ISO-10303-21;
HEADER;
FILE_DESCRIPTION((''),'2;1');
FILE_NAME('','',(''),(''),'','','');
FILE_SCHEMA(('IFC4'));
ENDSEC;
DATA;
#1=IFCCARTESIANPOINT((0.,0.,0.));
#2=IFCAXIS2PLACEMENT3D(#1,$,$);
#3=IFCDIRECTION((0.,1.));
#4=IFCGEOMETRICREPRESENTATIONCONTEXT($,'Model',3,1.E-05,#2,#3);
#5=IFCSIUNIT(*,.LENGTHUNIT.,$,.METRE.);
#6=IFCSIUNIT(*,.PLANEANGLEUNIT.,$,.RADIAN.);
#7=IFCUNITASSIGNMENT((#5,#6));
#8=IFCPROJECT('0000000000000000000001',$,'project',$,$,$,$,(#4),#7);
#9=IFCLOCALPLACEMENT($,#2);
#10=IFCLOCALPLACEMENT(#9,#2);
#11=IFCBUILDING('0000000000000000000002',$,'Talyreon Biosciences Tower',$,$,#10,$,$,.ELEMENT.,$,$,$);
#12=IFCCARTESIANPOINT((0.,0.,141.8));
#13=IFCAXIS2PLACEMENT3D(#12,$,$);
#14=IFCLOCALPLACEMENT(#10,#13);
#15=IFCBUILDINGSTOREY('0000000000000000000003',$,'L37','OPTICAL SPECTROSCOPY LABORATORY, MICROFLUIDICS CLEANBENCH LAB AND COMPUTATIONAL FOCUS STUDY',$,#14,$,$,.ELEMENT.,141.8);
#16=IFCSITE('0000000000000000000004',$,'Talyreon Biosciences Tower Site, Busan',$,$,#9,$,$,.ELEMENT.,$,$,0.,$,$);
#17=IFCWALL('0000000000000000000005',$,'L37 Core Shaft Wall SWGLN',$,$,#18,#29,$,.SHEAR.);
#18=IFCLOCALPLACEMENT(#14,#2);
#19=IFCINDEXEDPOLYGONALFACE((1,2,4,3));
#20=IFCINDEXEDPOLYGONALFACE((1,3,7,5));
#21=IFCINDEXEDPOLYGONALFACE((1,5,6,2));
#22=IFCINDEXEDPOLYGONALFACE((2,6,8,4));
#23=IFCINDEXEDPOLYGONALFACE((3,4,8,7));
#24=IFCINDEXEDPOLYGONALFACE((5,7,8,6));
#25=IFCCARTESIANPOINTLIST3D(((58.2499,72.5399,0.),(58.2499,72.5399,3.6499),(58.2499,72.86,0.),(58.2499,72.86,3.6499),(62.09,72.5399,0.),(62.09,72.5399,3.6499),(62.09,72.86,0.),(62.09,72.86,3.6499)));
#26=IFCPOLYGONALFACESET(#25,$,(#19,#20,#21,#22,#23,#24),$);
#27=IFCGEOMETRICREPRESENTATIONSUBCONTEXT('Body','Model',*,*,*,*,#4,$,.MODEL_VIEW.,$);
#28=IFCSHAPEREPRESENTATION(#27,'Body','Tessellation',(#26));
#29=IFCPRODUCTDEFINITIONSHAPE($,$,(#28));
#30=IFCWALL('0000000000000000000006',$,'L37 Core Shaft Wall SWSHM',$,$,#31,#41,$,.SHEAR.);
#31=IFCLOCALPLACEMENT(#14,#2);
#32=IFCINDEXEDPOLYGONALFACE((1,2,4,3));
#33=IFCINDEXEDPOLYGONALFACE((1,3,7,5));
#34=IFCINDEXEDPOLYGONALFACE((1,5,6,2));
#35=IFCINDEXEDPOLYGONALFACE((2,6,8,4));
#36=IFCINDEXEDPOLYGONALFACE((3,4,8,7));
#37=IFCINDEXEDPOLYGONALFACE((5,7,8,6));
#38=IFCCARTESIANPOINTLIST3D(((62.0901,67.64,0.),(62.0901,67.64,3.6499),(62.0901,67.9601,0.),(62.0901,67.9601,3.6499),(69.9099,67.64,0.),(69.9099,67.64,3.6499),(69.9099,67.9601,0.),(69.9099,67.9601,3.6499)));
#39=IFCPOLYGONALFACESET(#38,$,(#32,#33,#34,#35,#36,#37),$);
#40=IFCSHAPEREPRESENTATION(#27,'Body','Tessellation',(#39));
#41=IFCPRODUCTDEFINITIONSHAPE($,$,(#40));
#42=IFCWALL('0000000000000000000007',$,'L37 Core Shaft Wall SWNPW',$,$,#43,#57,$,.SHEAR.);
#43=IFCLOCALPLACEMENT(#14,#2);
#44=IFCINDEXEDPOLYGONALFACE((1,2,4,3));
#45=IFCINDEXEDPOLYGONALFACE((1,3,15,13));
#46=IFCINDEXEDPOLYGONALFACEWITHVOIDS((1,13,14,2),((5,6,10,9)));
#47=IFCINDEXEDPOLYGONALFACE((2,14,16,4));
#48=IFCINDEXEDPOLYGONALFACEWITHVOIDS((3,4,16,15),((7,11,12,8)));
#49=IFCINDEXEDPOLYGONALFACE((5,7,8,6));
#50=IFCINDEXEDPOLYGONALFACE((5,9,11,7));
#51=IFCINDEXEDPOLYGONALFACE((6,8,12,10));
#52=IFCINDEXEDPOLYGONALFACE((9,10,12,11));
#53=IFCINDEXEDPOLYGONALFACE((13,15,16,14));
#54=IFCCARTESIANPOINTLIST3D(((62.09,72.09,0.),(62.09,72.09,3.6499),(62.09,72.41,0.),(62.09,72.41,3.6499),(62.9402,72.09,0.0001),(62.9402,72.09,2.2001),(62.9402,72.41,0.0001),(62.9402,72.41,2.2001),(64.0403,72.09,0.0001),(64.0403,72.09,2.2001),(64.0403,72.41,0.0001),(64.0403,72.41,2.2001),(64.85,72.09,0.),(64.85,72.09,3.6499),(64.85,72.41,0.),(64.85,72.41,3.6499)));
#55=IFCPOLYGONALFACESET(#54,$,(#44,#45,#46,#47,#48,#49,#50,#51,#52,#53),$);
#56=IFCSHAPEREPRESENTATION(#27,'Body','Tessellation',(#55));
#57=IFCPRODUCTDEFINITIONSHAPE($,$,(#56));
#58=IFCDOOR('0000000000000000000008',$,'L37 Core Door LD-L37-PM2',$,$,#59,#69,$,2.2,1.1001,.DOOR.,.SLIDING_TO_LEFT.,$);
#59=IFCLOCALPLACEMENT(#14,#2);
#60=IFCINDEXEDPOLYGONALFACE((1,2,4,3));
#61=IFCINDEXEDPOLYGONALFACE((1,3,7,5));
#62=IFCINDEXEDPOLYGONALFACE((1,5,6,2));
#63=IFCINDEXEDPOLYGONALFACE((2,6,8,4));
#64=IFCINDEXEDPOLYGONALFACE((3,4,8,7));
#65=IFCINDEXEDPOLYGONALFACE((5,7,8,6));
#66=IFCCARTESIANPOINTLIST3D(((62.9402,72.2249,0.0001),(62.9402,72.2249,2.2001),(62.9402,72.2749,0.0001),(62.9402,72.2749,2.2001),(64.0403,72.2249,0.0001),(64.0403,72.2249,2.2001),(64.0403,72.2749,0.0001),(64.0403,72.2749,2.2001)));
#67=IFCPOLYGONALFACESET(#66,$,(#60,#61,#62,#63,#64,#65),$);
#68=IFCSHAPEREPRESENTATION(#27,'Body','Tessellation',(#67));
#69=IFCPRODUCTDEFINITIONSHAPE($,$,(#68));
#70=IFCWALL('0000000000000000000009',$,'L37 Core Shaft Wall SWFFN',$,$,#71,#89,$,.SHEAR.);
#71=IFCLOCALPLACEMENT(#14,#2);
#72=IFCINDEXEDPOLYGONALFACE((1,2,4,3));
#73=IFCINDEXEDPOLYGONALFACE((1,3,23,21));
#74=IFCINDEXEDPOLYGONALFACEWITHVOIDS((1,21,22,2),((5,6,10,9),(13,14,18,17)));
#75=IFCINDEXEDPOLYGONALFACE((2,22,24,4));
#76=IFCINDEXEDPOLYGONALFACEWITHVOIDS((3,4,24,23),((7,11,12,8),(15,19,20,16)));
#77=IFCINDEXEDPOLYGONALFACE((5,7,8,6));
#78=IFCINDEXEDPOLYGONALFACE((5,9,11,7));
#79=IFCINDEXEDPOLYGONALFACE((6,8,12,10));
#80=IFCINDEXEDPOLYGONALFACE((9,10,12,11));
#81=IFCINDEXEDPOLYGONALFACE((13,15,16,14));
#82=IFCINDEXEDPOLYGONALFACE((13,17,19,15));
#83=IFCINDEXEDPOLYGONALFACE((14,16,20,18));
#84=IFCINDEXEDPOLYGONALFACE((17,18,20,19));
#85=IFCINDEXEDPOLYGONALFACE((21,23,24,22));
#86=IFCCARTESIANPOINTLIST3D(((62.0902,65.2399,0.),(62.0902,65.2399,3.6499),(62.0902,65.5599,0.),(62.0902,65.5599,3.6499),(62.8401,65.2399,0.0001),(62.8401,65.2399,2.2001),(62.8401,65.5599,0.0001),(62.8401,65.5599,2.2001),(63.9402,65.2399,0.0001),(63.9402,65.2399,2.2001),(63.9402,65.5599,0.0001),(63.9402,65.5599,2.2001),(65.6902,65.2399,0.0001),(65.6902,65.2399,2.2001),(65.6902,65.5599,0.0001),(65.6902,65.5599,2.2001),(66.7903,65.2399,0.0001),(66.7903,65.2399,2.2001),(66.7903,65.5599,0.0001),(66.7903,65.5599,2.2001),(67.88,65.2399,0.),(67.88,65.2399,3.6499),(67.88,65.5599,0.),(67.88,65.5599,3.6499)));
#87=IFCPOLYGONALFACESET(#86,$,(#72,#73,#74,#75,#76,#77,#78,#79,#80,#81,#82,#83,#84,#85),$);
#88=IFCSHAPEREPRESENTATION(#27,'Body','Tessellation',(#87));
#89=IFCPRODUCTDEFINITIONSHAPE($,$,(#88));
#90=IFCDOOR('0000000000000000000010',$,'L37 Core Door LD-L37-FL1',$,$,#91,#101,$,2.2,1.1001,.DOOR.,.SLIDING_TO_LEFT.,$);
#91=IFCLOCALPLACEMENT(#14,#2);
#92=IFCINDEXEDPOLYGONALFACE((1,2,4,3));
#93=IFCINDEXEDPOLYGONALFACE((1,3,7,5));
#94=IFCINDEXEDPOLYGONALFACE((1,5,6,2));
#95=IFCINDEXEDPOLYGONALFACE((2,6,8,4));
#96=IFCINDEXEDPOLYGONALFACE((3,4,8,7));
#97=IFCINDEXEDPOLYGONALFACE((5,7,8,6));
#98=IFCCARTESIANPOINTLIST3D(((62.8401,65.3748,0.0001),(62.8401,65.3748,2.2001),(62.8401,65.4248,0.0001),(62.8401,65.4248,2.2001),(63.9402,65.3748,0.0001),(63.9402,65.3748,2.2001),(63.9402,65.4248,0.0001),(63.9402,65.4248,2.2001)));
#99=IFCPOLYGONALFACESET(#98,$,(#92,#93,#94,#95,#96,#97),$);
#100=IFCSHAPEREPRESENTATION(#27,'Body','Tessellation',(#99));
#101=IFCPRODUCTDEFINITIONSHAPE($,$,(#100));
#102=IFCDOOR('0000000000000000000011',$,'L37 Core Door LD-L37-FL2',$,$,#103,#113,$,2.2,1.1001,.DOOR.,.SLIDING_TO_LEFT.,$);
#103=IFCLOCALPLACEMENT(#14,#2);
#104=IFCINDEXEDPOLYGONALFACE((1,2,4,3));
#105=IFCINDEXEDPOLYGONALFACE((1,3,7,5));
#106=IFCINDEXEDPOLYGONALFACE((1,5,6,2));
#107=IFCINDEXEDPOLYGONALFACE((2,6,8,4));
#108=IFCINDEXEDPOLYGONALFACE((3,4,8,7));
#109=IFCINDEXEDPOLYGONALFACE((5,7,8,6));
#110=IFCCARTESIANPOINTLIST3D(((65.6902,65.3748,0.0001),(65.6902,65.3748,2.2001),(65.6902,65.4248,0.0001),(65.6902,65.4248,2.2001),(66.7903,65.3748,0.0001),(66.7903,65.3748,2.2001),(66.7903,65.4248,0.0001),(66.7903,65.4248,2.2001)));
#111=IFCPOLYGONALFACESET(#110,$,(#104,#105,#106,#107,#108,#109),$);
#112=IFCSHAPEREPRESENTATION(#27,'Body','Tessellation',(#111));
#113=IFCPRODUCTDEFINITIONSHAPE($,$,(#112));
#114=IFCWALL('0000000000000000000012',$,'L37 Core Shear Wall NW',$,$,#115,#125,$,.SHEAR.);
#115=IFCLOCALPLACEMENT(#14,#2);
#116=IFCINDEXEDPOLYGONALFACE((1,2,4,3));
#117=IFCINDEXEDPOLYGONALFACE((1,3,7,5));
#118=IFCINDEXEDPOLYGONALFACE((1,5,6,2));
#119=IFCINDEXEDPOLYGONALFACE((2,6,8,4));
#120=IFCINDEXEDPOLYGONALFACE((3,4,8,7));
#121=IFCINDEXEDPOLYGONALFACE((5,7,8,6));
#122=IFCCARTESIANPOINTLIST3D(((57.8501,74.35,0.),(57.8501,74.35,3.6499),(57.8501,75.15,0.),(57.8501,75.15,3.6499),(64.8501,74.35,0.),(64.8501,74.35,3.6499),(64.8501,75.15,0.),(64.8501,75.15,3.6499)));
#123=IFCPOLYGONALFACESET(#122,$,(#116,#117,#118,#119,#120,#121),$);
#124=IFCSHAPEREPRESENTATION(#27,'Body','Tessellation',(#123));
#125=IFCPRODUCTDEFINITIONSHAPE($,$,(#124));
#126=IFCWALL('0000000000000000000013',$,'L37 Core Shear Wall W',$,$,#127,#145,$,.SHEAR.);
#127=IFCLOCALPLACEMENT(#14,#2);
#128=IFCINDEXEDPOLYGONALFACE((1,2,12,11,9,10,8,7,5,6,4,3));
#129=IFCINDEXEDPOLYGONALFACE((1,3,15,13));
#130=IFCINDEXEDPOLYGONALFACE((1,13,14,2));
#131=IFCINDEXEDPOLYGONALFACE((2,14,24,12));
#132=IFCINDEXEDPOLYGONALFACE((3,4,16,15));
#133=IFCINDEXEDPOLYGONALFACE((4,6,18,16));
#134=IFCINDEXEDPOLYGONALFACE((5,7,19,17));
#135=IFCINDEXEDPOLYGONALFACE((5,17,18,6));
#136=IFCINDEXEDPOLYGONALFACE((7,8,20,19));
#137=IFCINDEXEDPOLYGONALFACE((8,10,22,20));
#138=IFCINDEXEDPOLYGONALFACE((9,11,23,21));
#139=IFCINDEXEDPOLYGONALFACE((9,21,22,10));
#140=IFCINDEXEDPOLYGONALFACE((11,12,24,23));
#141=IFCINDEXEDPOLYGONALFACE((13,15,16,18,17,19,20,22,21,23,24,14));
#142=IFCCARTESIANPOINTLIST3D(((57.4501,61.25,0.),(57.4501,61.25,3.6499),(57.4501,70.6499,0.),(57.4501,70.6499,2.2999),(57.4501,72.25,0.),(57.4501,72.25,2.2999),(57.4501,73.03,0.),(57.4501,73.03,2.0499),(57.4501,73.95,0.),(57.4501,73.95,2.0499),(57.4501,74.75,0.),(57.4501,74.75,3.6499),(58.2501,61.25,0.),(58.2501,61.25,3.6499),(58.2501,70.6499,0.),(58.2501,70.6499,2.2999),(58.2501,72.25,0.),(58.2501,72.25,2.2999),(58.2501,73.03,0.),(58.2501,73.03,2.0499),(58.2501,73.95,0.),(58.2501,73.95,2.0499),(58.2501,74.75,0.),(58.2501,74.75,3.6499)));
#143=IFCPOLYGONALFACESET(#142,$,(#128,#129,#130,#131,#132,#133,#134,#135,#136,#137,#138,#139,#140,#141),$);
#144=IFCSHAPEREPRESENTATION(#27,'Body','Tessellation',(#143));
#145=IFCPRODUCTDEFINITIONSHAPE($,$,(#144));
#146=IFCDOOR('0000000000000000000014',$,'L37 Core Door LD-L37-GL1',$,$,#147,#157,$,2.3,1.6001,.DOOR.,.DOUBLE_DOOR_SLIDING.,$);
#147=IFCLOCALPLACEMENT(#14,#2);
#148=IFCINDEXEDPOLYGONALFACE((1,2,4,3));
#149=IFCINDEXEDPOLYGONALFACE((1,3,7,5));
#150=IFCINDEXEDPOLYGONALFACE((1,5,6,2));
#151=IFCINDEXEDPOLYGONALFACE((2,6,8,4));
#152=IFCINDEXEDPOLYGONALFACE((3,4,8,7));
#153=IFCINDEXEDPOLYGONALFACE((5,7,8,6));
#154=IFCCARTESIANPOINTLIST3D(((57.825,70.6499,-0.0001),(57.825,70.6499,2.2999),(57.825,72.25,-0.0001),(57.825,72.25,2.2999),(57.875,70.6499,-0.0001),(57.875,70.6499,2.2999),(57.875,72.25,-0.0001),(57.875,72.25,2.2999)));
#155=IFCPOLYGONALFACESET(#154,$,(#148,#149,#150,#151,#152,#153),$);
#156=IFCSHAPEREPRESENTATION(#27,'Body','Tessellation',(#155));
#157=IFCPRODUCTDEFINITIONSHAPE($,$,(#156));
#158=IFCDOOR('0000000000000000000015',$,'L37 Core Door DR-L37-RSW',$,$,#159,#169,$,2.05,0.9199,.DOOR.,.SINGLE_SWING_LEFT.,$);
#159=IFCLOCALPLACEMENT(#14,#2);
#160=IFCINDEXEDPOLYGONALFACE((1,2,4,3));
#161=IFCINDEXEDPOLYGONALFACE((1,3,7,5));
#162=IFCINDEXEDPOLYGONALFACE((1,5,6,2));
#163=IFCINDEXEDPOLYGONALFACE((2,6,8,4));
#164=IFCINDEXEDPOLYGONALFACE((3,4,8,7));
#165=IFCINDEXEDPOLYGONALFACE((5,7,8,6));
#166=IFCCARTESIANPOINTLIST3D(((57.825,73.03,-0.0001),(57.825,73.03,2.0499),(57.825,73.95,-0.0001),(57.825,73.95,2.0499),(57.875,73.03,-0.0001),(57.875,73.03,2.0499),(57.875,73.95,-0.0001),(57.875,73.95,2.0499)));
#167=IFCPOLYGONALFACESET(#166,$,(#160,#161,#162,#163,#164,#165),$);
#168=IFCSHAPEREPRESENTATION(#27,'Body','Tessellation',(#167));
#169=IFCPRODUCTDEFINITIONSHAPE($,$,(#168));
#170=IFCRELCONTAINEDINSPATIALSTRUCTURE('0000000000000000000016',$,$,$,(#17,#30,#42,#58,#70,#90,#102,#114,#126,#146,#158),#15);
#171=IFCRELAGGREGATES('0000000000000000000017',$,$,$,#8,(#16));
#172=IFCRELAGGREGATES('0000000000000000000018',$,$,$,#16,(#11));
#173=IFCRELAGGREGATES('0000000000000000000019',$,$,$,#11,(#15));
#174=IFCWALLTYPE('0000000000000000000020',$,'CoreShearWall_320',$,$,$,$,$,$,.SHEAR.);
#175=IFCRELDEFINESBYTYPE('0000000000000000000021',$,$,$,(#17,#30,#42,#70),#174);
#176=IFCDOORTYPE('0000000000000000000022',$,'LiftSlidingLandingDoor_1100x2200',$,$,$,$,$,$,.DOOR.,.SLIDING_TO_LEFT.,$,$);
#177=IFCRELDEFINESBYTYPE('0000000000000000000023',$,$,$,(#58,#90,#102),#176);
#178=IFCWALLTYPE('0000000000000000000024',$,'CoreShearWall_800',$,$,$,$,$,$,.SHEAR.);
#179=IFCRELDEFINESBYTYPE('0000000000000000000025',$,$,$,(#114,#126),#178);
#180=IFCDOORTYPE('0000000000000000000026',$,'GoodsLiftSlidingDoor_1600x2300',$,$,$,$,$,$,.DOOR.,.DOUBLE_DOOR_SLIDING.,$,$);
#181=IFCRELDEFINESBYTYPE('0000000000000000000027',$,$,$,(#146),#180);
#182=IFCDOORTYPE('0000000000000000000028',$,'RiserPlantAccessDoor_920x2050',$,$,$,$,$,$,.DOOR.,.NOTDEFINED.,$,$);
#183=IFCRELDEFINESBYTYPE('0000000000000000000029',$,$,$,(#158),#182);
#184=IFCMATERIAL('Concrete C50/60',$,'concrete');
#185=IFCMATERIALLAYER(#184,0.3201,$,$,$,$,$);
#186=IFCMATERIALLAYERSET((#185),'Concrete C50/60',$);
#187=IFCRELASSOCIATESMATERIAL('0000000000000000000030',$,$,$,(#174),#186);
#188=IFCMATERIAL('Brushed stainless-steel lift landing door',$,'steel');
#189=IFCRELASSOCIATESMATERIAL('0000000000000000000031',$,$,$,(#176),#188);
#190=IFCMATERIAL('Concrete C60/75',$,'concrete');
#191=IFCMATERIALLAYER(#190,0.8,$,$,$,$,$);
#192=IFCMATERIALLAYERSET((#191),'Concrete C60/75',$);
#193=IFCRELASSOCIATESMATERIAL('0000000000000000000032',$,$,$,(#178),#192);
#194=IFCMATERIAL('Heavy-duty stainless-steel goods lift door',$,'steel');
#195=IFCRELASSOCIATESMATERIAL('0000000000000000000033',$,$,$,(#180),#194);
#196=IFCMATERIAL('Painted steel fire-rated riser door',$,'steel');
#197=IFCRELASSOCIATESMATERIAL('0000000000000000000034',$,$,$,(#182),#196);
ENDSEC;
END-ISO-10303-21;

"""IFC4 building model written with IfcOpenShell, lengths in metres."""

from ifc_helpers import new_model, si_unit, direction, frame, frame_2d, origin, place, context, subcontext, project, spatial, rectangle, extrude, material, layer, layer_set, type_object, element, fill, save


model = new_model("IFC4")

# Units and contexts
model_context = context("Model", 3, precision=1e-05, world=origin(), true_north=direction((0.0, 1.0)))
body_context = subcontext(model_context, "Body", "Model", "MODEL_VIEW")
ifc_project = project(units=[si_unit("LENGTHUNIT", "METRE"), si_unit("PLANEANGLEUNIT", "RADIAN")], contexts=[model_context])

# Site, building, storey
site_placement = place(None, origin())
site = spatial("IfcSite", under=ifc_project, at=site_placement, Name="Talyreon Biosciences Tower Site, Busan", CompositionType="ELEMENT", RefElevation=0.0)
building_placement = place(site_placement, origin())
building = spatial("IfcBuilding", under=site, at=building_placement, Name="Talyreon Biosciences Tower", CompositionType="ELEMENT")
storey_placement = place(building_placement, frame((0.0, 0.0, 141.8)))
storey = spatial("IfcBuildingStorey", under=building, at=storey_placement, Name="L37", Description="OPTICAL SPECTROSCOPY LABORATORY, MICROFLUIDICS CLEANBENCH LAB AND COMPUTATIONAL FOCUS STUDY", CompositionType="ELEMENT", Elevation=141.8)

# Shared definitions
ifc_material_1 = material(Name="Concrete C50/60", Category="concrete")

# Shared definitions
ifc_material_2 = material(Name="Concrete C60/75", Category="concrete")

# Walls
ifc_layer_1 = layer(ifc_material_1, 0.3201)
ifc_layer_set_1 = layer_set([ifc_layer_1], Name="Concrete C50/60")
wall_type_1 = type_object("IfcWallType", Name="CoreShearWall_320", PredefinedType="SHEAR", material=ifc_layer_set_1)
for number, where, z_axis, x_axis, name in (
    (1, (58.25, 72.7, 0.0), (0.0, 0.0, 1.0), (1.0, 0.0, 0.0), "L37 Core Shaft Wall SWGLN"),
):
    element("IfcWall", number, at=place(storey_placement, frame(where, z_axis=z_axis, x_axis=x_axis)), inside=storey, type_object=wall_type_1, Name=name, PredefinedType="SHEAR", context=body_context, shape_type="SweptSolid", body=[
        extrude(rectangle(XDim=3.8401, YDim=0.3201, at=frame_2d((1.9199, 0.0))), origin(), (0.0, 0.0, 1.0), 3.6499),
    ])
wall_1_placement = place(storey_placement, frame((62.0901, 67.8, 0.0), z_axis=(0.0, 0.0, 1.0), x_axis=(1.0, 0.0, 0.0)))
element("IfcWall", 2, at=wall_1_placement, inside=storey, type_object=wall_type_1, Name="L37 Core Shaft Wall SWSHM", PredefinedType="SHEAR", context=body_context, shape_type="SweptSolid", body=[
    extrude(rectangle(XDim=7.8198, YDim=0.3201, at=frame_2d((3.9099, 0.0))), origin(), (0.0, 0.0, 1.0), 3.6499),
])

# Shared definitions
ifc_material_3 = material(Name="Brushed stainless-steel lift landing door", Category="steel")
door_type_1 = type_object("IfcDoorType", Name="LiftSlidingLandingDoor_1100x2200", OperationType="SLIDING_TO_LEFT", PredefinedType="DOOR", material=ifc_material_3)

# Wall, opening, door
wall_2_placement = place(storey_placement, frame((62.0901, 72.25, 0.0), z_axis=(0.0, 0.0, 1.0), x_axis=(1.0, 0.0, 0.0)))
wall_2 = element("IfcWall", 3, at=wall_2_placement, inside=storey, type_object=wall_type_1, Name="L37 Core Shaft Wall SWNPW", PredefinedType="SHEAR", context=body_context, shape_type="SweptSolid", body=[
    extrude(rectangle(XDim=2.76, YDim=0.3201, at=frame_2d((1.3799, 0.0))), origin(), (0.0, 0.0, 1.0), 3.6499),
])
opening_1_placement = place(wall_2_placement, frame((0.8501, 0.0, 0.0)))
opening_1 = element("IfcOpeningElement", 4, at=opening_1_placement, cuts=wall_2, PredefinedType="OPENING", context=body_context, shape_type="SweptSolid", body=[
    extrude(rectangle(XDim=1.1001, YDim=2.2, at=frame_2d((0.55, 1.1001))), frame((0.0, 0.1699, 0.0), z_axis=(0.0, -1.0, 0.0), x_axis=(1.0, 0.0, 0.0)), (0.0, 0.0, 1.0), 0.3401),
])
door_1_placement = place(opening_1_placement, origin())
door_1 = element("IfcDoor", 5, at=door_1_placement, inside=storey, type_object=door_type_1, Name="L37 Core Door LD-L37-PM2", OperationType="SLIDING_TO_LEFT", OverallHeight=2.2, OverallWidth=1.1001, PredefinedType="DOOR", context=body_context, shape_type="SweptSolid", body=[
    extrude(rectangle(XDim=1.1001, YDim=2.2, at=frame_2d((0.55, 1.1001))), frame((0.0, 0.0249, 0.0), z_axis=(0.0, -1.0, 0.0), x_axis=(1.0, 0.0, 0.0)), (0.0, 0.0, 1.0), 0.05),
])
fill(opening_1, door_1)

# Wall, openings, doors
wall_3_placement = place(storey_placement, frame((62.0901, 65.3999, 0.0), z_axis=(0.0, 0.0, 1.0), x_axis=(1.0, 0.0, 0.0)))
wall_3 = element("IfcWall", 6, at=wall_3_placement, inside=storey, type_object=wall_type_1, Name="L37 Core Shaft Wall SWFFN", PredefinedType="SHEAR", context=body_context, shape_type="SweptSolid", body=[
    extrude(rectangle(XDim=5.7898, YDim=0.3201, at=frame_2d((2.895, 0.0))), origin(), (0.0, 0.0, 1.0), 3.6499),
])
opening_2_placement = place(wall_3_placement, frame((0.75, 0.0, 0.0)))
opening_2 = element("IfcOpeningElement", 7, at=opening_2_placement, cuts=wall_3, PredefinedType="OPENING", context=body_context, shape_type="SweptSolid", body=[
    extrude(rectangle(XDim=1.1001, YDim=2.2, at=frame_2d((0.55, 1.1001))), frame((0.0, 0.1699, 0.0), z_axis=(0.0, -1.0, 0.0), x_axis=(1.0, 0.0, 0.0)), (0.0, 0.0, 1.0), 0.3401),
])
opening_3_placement = place(wall_3_placement, frame((3.6001, 0.0, 0.0)))
opening_3 = element("IfcOpeningElement", 8, at=opening_3_placement, cuts=wall_3, PredefinedType="OPENING", context=body_context, shape_type="SweptSolid", body=[
    extrude(rectangle(XDim=1.1001, YDim=2.2, at=frame_2d((0.55, 1.1001))), frame((0.0, 0.1699, 0.0), z_axis=(0.0, -1.0, 0.0), x_axis=(1.0, 0.0, 0.0)), (0.0, 0.0, 1.0), 0.3401),
])
door_2_placement = place(opening_2_placement, origin())
door_2 = element("IfcDoor", 9, at=door_2_placement, inside=storey, type_object=door_type_1, Name="L37 Core Door LD-L37-FL1", OperationType="SLIDING_TO_LEFT", OverallHeight=2.2, OverallWidth=1.1001, PredefinedType="DOOR", context=body_context, shape_type="SweptSolid", body=[
    extrude(rectangle(XDim=1.1001, YDim=2.2, at=frame_2d((0.55, 1.1001))), frame((0.0, 0.0249, 0.0), z_axis=(0.0, -1.0, 0.0), x_axis=(1.0, 0.0, 0.0)), (0.0, 0.0, 1.0), 0.05),
])
fill(opening_2, door_2)
door_3_placement = place(opening_3_placement, origin())
door_3 = element("IfcDoor", 10, at=door_3_placement, inside=storey, type_object=door_type_1, Name="L37 Core Door LD-L37-FL2", OperationType="SLIDING_TO_LEFT", OverallHeight=2.2, OverallWidth=1.1001, PredefinedType="DOOR", context=body_context, shape_type="SweptSolid", body=[
    extrude(rectangle(XDim=1.1001, YDim=2.2, at=frame_2d((0.55, 1.1001))), frame((0.0, 0.0249, 0.0), z_axis=(0.0, -1.0, 0.0), x_axis=(1.0, 0.0, 0.0)), (0.0, 0.0, 1.0), 0.05),
])
fill(opening_3, door_3)

# Wall
ifc_layer_2 = layer(ifc_material_2, 0.8)
ifc_layer_set_2 = layer_set([ifc_layer_2], Name="Concrete C60/75")
wall_type_2 = type_object("IfcWallType", Name="CoreShearWall_800", PredefinedType="SHEAR", material=ifc_layer_set_2)
wall_4_placement = place(storey_placement, frame((64.8501, 74.75, 0.0), z_axis=(0.0, 0.0, 1.0), x_axis=(-1.0, 0.0, 0.0)))
element("IfcWall", 11, at=wall_4_placement, inside=storey, type_object=wall_type_2, Name="L37 Core Shear Wall NW", PredefinedType="SHEAR", context=body_context, shape_type="SweptSolid", body=[
    extrude(rectangle(XDim=7.0, YDim=0.8, at=frame_2d((3.5, 0.0))), origin(), (0.0, 0.0, 1.0), 3.6499),
])

# Wall, openings, doors
wall_5_placement = place(storey_placement, frame((57.8501, 74.75, 0.0), z_axis=(0.0, 0.0, 1.0), x_axis=(0.0, -1.0, 0.0)))
wall_5 = element("IfcWall", 12, at=wall_5_placement, inside=storey, type_object=wall_type_2, Name="L37 Core Shear Wall W", PredefinedType="SHEAR", context=body_context, shape_type="SweptSolid", body=[
    extrude(rectangle(XDim=13.5, YDim=0.8, at=frame_2d((6.75, 0.0))), origin(), (0.0, 0.0, 1.0), 3.6499),
])
opening_4_placement = place(wall_5_placement, frame((0.8, 0.0, 0.0)))
opening_4 = element("IfcOpeningElement", 13, at=opening_4_placement, cuts=wall_5, PredefinedType="OPENING", context=body_context, shape_type="SweptSolid", body=[
    extrude(rectangle(XDim=0.9199, YDim=2.05, at=frame_2d((0.46, 1.0249))), frame((0.0, 0.4099, 0.0), z_axis=(0.0, -1.0, 0.0), x_axis=(1.0, 0.0, 0.0)), (0.0, 0.0, 1.0), 0.8201),
])
opening_5_placement = place(wall_5_placement, frame((2.5, 0.0, 0.0)))
opening_5 = element("IfcOpeningElement", 14, at=opening_5_placement, cuts=wall_5, PredefinedType="OPENING", context=body_context, shape_type="SweptSolid", body=[
    extrude(rectangle(XDim=1.6001, YDim=2.3, at=frame_2d((0.8, 1.1499))), frame((0.0, 0.4099, 0.0), z_axis=(0.0, -1.0, 0.0), x_axis=(1.0, 0.0, 0.0)), (0.0, 0.0, 1.0), 0.8201),
])
ifc_material_4 = material(Name="Heavy-duty stainless-steel goods lift door", Category="steel")
door_type_2 = type_object("IfcDoorType", Name="GoodsLiftSlidingDoor_1600x2300", OperationType="DOUBLE_DOOR_SLIDING", PredefinedType="DOOR", material=ifc_material_4)
door_4_placement = place(opening_5_placement, origin())
door_4 = element("IfcDoor", 15, at=door_4_placement, inside=storey, type_object=door_type_2, Name="L37 Core Door LD-L37-GL1", OperationType="DOUBLE_DOOR_SLIDING", OverallHeight=2.3, OverallWidth=1.6001, PredefinedType="DOOR", context=body_context, shape_type="SweptSolid", body=[
    extrude(rectangle(XDim=1.6001, YDim=2.3, at=frame_2d((0.8, 1.1499))), frame((0.0, 0.0249, 0.0), z_axis=(0.0, -1.0, 0.0), x_axis=(1.0, 0.0, 0.0)), (0.0, 0.0, 1.0), 0.05),
])
fill(opening_5, door_4)
ifc_material_5 = material(Name="Painted steel fire-rated riser door", Category="steel")
door_type_3 = type_object("IfcDoorType", Name="RiserPlantAccessDoor_920x2050", OperationType="NOTDEFINED", PredefinedType="DOOR", material=ifc_material_5)
door_5_placement = place(opening_4_placement, origin())
door_5 = element("IfcDoor", 16, at=door_5_placement, inside=storey, type_object=door_type_3, Name="L37 Core Door DR-L37-RSW", OperationType="SINGLE_SWING_LEFT", OverallHeight=2.05, OverallWidth=0.9199, PredefinedType="DOOR", context=body_context, shape_type="SweptSolid", body=[
    extrude(rectangle(XDim=0.9199, YDim=2.05, at=frame_2d((0.46, 1.0249))), frame((0.0, 0.0249, 0.0), z_axis=(0.0, -1.0, 0.0), x_axis=(1.0, 0.0, 0.0)), (0.0, 0.0, 1.0), 0.05),
])
fill(opening_4, door_5)

save(model, "model.ifc")
